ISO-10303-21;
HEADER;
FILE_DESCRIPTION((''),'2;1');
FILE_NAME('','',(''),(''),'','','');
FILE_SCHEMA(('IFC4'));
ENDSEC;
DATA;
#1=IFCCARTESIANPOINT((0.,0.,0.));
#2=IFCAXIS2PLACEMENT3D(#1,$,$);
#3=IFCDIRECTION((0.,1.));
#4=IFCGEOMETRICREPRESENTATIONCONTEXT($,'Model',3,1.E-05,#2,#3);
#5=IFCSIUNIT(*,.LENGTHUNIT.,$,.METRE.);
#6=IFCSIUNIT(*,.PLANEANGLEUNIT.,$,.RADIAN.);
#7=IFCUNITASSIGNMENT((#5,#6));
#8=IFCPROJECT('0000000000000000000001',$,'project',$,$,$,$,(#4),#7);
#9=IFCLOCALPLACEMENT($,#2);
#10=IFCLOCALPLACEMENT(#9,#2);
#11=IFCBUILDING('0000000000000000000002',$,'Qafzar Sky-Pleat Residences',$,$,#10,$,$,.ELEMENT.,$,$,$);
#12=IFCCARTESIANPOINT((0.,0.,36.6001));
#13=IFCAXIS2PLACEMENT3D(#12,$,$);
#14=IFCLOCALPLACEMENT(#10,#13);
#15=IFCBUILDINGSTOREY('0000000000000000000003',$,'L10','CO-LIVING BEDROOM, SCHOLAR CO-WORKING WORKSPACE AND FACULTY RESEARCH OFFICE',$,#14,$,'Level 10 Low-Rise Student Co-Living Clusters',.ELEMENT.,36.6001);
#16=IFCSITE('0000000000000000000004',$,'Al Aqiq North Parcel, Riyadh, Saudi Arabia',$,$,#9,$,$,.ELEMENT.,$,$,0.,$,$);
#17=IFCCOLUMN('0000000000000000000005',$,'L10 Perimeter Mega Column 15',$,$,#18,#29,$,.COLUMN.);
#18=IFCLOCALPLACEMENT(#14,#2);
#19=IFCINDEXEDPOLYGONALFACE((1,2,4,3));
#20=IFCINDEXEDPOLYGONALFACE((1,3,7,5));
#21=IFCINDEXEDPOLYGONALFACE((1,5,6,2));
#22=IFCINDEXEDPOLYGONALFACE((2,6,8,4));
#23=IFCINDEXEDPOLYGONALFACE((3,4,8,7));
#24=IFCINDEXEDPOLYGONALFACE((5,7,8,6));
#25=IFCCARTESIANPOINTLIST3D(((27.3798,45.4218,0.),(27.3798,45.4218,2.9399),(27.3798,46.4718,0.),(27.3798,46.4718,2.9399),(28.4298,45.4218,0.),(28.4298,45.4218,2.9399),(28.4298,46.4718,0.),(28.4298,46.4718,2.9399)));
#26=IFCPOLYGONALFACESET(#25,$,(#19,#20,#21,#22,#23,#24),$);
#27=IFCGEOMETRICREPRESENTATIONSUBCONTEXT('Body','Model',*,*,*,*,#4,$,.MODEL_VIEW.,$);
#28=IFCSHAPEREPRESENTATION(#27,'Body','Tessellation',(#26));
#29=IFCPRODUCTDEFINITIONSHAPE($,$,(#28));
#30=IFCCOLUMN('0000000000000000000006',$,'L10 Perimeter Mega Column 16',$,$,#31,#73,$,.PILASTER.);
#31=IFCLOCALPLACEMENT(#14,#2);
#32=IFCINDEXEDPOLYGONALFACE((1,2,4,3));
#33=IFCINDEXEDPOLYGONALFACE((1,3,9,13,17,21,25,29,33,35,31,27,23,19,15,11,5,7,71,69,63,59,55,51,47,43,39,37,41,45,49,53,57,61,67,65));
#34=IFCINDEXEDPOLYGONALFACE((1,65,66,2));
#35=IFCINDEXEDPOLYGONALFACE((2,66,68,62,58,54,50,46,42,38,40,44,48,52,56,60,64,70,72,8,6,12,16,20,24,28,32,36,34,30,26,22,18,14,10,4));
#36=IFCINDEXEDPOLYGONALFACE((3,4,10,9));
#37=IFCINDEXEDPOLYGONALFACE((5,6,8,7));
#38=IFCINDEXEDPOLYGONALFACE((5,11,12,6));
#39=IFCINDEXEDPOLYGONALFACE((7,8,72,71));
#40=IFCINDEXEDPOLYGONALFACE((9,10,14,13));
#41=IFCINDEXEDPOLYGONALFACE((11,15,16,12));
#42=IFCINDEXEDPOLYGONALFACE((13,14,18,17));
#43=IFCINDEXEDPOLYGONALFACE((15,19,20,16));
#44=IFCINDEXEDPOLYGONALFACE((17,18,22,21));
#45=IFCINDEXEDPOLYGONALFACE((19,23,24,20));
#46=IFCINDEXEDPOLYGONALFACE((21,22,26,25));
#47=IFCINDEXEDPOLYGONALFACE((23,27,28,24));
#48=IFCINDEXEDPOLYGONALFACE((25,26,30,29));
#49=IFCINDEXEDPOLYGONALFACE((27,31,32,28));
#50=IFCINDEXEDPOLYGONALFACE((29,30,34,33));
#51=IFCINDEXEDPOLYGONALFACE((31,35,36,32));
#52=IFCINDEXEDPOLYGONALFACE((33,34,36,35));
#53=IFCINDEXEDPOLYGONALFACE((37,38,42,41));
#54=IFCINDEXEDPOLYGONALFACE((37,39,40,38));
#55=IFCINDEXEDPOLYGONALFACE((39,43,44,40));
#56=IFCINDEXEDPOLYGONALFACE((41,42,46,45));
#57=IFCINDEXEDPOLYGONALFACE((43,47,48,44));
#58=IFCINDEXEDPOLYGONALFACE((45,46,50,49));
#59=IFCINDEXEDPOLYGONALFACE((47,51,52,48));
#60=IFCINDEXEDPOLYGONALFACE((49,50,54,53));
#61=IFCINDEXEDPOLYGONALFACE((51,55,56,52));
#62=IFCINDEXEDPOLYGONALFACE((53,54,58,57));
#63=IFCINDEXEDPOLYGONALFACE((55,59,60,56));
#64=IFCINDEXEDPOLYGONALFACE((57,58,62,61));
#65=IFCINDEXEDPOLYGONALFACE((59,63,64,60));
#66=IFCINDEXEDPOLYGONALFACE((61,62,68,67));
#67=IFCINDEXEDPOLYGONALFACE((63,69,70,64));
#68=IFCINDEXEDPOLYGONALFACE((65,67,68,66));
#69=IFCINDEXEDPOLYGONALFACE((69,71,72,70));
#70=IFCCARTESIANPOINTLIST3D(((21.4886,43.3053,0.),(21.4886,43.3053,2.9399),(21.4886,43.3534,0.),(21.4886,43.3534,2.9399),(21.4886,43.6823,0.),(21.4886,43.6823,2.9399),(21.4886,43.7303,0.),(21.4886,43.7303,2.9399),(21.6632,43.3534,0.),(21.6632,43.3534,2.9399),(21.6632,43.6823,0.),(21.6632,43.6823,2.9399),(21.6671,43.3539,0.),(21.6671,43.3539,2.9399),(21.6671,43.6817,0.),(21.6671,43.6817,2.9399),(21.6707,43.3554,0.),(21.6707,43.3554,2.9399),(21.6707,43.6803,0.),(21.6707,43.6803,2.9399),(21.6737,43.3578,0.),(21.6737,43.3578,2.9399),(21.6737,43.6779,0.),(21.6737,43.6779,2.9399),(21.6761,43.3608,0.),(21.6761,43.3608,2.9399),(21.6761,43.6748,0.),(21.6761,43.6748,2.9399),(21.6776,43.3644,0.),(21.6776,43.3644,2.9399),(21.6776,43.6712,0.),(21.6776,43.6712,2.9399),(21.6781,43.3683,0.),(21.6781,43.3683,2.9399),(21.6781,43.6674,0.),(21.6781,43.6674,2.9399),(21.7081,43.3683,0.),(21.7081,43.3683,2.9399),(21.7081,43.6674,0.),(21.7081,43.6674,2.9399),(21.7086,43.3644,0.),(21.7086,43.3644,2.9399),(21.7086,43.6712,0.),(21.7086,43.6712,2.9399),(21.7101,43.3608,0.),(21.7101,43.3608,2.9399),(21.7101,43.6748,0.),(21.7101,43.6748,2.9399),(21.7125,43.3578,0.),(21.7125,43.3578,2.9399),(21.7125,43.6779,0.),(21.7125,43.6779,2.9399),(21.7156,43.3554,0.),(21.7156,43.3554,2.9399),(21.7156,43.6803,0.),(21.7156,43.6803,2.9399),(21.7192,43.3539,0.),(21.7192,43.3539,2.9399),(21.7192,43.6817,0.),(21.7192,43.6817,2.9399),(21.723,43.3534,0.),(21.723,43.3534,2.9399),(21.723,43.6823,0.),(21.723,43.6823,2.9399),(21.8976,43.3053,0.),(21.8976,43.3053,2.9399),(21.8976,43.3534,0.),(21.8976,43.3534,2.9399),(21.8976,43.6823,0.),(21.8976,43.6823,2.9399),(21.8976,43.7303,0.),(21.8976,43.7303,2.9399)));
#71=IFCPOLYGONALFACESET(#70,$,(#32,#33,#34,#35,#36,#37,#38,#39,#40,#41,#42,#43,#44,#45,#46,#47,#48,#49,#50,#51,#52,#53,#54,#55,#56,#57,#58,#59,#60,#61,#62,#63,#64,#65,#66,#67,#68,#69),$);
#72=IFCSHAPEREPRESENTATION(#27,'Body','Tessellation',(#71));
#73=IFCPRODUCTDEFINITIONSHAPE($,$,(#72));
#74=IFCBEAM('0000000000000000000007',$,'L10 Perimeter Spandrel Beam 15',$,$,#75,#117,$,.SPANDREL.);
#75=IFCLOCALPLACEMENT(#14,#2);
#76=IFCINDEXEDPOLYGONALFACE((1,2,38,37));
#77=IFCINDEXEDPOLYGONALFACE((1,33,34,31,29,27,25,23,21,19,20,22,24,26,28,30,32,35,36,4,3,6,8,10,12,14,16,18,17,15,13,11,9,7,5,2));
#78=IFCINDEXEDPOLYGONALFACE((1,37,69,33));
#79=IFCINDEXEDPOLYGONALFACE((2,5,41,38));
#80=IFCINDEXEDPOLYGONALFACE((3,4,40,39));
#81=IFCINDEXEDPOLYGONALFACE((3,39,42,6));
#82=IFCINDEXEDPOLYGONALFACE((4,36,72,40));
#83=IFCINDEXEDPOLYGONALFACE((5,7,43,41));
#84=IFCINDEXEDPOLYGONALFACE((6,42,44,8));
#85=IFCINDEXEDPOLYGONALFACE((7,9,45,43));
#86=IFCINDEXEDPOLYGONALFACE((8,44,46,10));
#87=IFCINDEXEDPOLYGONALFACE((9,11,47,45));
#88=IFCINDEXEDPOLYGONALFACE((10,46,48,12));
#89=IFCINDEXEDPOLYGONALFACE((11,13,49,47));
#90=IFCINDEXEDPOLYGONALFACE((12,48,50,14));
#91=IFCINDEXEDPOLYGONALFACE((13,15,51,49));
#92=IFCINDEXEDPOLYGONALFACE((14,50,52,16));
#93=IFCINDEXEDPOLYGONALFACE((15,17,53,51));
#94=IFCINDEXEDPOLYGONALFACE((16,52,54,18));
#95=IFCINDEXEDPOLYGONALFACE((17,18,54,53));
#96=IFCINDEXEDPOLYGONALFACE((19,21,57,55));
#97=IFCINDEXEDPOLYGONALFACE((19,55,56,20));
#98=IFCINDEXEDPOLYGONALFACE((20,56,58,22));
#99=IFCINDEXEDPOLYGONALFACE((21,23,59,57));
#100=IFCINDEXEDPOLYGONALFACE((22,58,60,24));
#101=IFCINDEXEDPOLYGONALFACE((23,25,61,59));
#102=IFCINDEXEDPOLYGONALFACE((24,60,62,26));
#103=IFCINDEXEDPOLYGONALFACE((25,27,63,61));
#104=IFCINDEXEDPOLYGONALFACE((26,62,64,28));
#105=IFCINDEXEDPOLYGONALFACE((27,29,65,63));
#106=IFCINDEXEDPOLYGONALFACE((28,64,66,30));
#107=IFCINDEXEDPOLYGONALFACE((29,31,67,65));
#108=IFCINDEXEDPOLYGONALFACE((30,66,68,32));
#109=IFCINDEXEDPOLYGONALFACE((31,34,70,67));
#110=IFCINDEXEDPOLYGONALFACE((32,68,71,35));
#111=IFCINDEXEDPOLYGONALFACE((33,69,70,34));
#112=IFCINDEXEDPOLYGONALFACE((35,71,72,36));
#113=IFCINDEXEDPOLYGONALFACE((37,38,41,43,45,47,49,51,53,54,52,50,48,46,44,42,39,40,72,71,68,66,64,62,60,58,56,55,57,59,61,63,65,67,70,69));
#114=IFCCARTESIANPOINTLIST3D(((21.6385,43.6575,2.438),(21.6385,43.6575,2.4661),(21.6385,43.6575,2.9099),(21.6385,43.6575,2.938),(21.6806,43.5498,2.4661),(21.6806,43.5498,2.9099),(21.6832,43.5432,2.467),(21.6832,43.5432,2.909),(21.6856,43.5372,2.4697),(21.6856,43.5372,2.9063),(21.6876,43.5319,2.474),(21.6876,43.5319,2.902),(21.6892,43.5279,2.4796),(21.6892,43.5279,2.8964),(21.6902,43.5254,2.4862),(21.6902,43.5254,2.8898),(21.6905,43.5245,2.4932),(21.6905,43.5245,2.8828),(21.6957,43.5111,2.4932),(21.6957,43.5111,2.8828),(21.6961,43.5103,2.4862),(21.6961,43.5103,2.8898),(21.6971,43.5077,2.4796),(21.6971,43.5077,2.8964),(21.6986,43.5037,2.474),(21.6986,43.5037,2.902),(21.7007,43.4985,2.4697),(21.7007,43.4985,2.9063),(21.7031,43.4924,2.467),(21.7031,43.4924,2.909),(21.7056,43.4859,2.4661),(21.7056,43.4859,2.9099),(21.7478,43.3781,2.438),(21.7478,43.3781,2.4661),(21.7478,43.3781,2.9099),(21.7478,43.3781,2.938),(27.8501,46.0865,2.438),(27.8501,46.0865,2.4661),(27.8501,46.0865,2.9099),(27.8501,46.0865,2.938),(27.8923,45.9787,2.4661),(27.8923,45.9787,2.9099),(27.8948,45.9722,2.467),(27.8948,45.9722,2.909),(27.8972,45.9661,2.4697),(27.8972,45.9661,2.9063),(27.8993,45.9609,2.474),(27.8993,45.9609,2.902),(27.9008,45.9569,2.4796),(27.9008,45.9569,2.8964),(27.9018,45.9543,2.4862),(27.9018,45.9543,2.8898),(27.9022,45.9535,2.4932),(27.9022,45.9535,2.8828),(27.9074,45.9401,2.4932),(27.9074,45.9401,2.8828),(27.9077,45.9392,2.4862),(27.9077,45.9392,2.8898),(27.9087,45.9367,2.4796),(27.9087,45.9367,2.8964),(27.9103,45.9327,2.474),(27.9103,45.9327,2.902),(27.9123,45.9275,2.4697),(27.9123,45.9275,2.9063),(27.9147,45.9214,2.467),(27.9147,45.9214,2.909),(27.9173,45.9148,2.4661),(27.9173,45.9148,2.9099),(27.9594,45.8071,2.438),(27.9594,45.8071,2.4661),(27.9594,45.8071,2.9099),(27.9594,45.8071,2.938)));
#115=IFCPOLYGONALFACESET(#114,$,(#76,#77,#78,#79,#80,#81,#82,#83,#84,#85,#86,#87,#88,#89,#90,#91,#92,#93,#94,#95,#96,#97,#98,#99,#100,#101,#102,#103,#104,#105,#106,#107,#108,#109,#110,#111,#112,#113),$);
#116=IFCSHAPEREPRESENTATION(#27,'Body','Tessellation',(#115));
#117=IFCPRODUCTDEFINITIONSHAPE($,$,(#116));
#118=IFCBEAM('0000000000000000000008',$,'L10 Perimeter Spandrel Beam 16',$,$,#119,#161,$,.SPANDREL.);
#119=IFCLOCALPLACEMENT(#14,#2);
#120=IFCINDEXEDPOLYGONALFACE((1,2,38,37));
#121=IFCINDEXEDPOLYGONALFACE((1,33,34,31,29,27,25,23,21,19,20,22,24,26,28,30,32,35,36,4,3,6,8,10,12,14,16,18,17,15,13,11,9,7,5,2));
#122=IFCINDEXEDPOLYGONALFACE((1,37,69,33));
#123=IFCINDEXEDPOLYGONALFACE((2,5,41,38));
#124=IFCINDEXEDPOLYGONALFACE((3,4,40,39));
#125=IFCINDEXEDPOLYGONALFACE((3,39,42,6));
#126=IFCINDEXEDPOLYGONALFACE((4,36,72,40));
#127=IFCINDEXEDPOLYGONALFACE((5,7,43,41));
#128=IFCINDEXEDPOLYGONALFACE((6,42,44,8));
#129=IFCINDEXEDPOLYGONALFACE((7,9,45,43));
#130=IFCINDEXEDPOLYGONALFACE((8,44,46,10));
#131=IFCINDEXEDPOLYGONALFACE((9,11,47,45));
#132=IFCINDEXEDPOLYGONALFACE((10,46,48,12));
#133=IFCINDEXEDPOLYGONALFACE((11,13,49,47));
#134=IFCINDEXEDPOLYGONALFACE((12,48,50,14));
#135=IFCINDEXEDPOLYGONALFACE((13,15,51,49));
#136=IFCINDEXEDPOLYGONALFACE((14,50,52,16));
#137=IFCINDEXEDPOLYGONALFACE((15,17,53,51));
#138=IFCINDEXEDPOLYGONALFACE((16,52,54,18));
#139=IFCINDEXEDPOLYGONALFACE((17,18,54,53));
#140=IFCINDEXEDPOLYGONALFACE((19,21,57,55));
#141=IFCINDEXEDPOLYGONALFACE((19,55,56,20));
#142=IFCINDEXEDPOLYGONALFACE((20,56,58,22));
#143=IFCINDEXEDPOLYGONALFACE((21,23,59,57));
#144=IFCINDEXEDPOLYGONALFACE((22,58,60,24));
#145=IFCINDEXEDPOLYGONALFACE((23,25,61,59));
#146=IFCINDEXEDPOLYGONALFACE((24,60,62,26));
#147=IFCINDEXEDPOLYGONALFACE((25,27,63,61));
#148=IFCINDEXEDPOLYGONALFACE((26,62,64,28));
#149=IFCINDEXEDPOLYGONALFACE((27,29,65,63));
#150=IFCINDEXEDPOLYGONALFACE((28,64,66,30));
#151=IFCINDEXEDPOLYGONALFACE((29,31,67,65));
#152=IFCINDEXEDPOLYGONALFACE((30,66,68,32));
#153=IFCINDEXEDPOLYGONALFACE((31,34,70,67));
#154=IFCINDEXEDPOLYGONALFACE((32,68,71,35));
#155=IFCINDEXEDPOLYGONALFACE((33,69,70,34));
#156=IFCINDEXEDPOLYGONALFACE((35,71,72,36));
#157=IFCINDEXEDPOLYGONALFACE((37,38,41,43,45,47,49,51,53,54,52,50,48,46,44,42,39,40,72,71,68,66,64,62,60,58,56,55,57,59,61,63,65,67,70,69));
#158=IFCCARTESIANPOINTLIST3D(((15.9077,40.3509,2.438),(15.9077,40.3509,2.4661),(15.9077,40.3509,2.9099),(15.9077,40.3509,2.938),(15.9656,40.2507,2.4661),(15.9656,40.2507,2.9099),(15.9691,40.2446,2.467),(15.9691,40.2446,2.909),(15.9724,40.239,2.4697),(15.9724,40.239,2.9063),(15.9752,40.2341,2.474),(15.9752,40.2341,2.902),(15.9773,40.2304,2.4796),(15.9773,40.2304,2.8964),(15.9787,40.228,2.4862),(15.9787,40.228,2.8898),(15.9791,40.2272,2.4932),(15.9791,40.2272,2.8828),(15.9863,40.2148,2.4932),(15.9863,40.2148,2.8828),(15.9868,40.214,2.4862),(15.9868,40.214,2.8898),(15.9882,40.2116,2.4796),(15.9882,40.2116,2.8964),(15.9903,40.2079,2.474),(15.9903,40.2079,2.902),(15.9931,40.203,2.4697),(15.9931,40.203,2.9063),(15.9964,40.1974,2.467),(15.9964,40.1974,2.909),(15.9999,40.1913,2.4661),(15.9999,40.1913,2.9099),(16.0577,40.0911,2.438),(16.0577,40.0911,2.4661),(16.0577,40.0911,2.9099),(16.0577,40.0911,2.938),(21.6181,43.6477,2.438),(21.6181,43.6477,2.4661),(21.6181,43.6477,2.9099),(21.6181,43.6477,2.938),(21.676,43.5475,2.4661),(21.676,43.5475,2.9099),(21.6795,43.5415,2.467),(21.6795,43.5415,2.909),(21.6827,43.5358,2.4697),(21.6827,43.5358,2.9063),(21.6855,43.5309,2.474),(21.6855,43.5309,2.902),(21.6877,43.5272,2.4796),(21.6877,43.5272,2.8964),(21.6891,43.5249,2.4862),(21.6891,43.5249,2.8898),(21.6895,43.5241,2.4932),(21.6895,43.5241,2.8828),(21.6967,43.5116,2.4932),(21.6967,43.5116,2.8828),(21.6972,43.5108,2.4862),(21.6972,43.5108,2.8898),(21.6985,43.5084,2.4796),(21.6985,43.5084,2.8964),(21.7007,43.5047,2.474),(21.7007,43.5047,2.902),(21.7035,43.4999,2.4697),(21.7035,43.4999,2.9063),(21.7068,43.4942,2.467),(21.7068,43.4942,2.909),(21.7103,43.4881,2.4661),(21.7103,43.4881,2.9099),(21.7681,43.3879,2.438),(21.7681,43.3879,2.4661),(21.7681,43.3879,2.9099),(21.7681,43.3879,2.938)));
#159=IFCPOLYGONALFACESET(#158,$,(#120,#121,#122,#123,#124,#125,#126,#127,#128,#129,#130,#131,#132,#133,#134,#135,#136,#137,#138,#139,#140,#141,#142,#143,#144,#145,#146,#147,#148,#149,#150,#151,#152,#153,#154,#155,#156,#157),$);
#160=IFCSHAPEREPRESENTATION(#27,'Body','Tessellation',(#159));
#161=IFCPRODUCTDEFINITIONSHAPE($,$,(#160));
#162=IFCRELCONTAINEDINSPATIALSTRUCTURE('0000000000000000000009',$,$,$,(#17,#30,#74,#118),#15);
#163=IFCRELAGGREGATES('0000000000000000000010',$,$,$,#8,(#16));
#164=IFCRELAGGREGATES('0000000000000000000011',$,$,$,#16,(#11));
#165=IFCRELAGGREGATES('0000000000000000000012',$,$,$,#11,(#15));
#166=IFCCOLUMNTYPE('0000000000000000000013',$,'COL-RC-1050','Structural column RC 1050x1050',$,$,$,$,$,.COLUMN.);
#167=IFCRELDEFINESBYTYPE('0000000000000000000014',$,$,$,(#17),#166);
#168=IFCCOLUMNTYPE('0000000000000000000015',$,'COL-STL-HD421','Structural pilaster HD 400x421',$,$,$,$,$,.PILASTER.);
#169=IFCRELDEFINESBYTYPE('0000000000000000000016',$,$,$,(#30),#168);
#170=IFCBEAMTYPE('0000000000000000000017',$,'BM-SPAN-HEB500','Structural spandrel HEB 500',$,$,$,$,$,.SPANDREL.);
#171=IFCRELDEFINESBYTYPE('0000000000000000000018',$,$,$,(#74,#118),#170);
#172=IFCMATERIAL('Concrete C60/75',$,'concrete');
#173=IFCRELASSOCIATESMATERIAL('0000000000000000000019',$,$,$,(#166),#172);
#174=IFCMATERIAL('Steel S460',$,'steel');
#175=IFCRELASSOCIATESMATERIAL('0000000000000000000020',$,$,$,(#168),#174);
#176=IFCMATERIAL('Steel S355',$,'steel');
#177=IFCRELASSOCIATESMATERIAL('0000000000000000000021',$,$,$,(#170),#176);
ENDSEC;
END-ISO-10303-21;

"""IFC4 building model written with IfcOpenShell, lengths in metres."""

from ifc_helpers import new_model, si_unit, direction, frame, origin, origin_2d, place, context, subcontext, project, spatial, rectangle, i_section, extrude, source, transform, mapped, material, material_profile, profile_set, type_object, element, save


model = new_model("IFC4")

# Units and contexts
model_context = context("Model", 3, precision=1e-05, world=origin(), true_north=direction((0.0, 1.0)))
body_context = subcontext(model_context, "Body", "Model", "MODEL_VIEW")
ifc_project = project(units=[si_unit("LENGTHUNIT", "METRE"), si_unit("PLANEANGLEUNIT", "RADIAN")], contexts=[model_context])

# Site, building, storey
site_placement = place(None, origin())
site = spatial("IfcSite", under=ifc_project, at=site_placement, Name="Al Aqiq North Parcel, Riyadh, Saudi Arabia", CompositionType="ELEMENT", RefElevation=0.0)
building_placement = place(site_placement, origin())
building = spatial("IfcBuilding", under=site, at=building_placement, Name="Qafzar Sky-Pleat Residences", CompositionType="ELEMENT")
storey_placement = place(building_placement, frame((0.0, 0.0, 36.6001)))
storey = spatial("IfcBuildingStorey", under=building, at=storey_placement, Name="L10", Description="CO-LIVING BEDROOM, SCHOLAR CO-WORKING WORKSPACE AND FACULTY RESEARCH OFFICE", LongName="Level 10 Low-Rise Student Co-Living Clusters", CompositionType="ELEMENT", Elevation=36.6001)

# Columns
ifc_material_1 = material(Name="Concrete C60/75", Category="concrete")
ifc_material_profile_1 = material_profile(ifc_material_1, rectangle(XDim=1.05, YDim=1.05, at=origin_2d()), Name="RC 1050x1050")
ifc_profile_set_1 = profile_set([ifc_material_profile_1], Name="Concrete C60/75")
column_type_1 = type_object("IfcColumnType", Name="COL-RC-1050", Description="Structural column RC 1050x1050", PredefinedType="COLUMN", material=ifc_profile_set_1)
shared_shape_1 = source(origin(), body_context, "Body", "SweptSolid", [
    extrude(rectangle(XDim=1.05, YDim=1.05, at=origin_2d()), origin(), (0.0, 0.0, 1.0), 2.9399),
])
column_1_placement = place(storey_placement, frame((27.9048, 45.9468, 0.0), z_axis=(0.0, 0.0, 1.0), x_axis=(1.0, 0.0, 0.0)))
element("IfcColumn", 1, at=column_1_placement, inside=storey, type_object=column_type_1, Name="L10 Perimeter Mega Column 15", PredefinedType="COLUMN", context=body_context, shape_type="MappedRepresentation", body=[
    mapped(shared_shape_1, transform((0.0, 0.0, 0.0), x_axis=(1.0, 0.0, 0.0), y_axis=(0.0, 1.0, 0.0), z_axis=(0.0, 0.0, 1.0), scale=1.0)),
])
ifc_material_2 = material(Name="Steel S460", Category="steel")
ifc_material_profile_2 = material_profile(ifc_material_2, i_section(OverallWidth=0.4089, OverallDepth=0.425, WebThickness=0.03, FlangeThickness=0.0481, FilletRadius=0.0149, at=origin_2d()), Name="HD 400x421")
ifc_profile_set_2 = profile_set([ifc_material_profile_2], Name="Steel S460")
column_type_2 = type_object("IfcColumnType", Name="COL-STL-HD421", Description="Structural pilaster HD 400x421", PredefinedType="PILASTER", material=ifc_profile_set_2)
shared_shape_2 = source(origin(), body_context, "Body", "SweptSolid", [
    extrude(i_section(OverallWidth=0.4089, OverallDepth=0.425, WebThickness=0.03, FlangeThickness=0.0481, FilletRadius=0.0149, at=origin_2d()), origin(), (0.0, 0.0, 1.0), 2.9399),
])
column_2_placement = place(storey_placement, frame((21.6931, 43.5178, 0.0), z_axis=(0.0, 0.0, 1.0), x_axis=(1.0, 0.0, 0.0)))
element("IfcColumn", 2, at=column_2_placement, inside=storey, type_object=column_type_2, Name="L10 Perimeter Mega Column 16", PredefinedType="PILASTER", context=body_context, shape_type="MappedRepresentation", body=[
    mapped(shared_shape_2, transform((0.0, 0.0, 0.0), x_axis=(1.0, 0.0, 0.0), y_axis=(0.0, 1.0, 0.0), z_axis=(0.0, 0.0, 1.0), scale=1.0)),
])

# Beams
ifc_material_3 = material(Name="Steel S355", Category="steel")
ifc_material_profile_3 = material_profile(ifc_material_3, i_section(OverallWidth=0.3, OverallDepth=0.5, WebThickness=0.0144, FlangeThickness=0.0281, FilletRadius=0.0271, at=origin_2d()), Name="HEB 500")
ifc_profile_set_3 = profile_set([ifc_material_profile_3], Name="Steel S355")
beam_type_1 = type_object("IfcBeamType", Name="BM-SPAN-HEB500", Description="Structural spandrel HEB 500", PredefinedType="SPANDREL", material=ifc_profile_set_3)
shared_shape_3 = source(origin(), body_context, "Body", "SweptSolid", [
    extrude(i_section(OverallWidth=0.3, OverallDepth=0.5, WebThickness=0.0144, FlangeThickness=0.0281, FilletRadius=0.0271, at=origin_2d()), origin(), (0.0, 0.0, 1.0), 6.6697),
])
beam_1_placement = place(storey_placement, frame((27.9048, 45.9468, 2.688), z_axis=(-0.931329, -0.364179, 0.0), x_axis=(0.364179, -0.931329, 0.0)))
element("IfcBeam", 3, at=beam_1_placement, inside=storey, type_object=beam_type_1, Name="L10 Perimeter Spandrel Beam 15", PredefinedType="SPANDREL", context=body_context, shape_type="MappedRepresentation", body=[
    mapped(shared_shape_3, transform((0.0, 0.0, 0.0), x_axis=(1.0, 0.0, 0.0), y_axis=(0.0, 1.0, 0.0), z_axis=(0.0, 0.0, 1.0), scale=1.0)),
])
shared_shape_4 = source(origin(), body_context, "Body", "SweptSolid", [
    extrude(i_section(OverallWidth=0.3, OverallDepth=0.5, WebThickness=0.0144, FlangeThickness=0.0281, FilletRadius=0.0271, at=origin_2d()), origin(), (0.0, 0.0, 1.0), 6.5938),
])
beam_2_placement = place(storey_placement, frame((21.6931, 43.5178, 2.688), z_axis=(-0.866029, -0.499994, 0.0), x_axis=(0.499994, -0.866029, 0.0)))
element("IfcBeam", 4, at=beam_2_placement, inside=storey, type_object=beam_type_1, Name="L10 Perimeter Spandrel Beam 16", PredefinedType="SPANDREL", context=body_context, shape_type="MappedRepresentation", body=[
    mapped(shared_shape_4, transform((0.0, 0.0, 0.0), x_axis=(1.0, 0.0, 0.0), y_axis=(0.0, 1.0, 0.0), z_axis=(0.0, 0.0, 1.0), scale=1.0)),
])

save(model, "model.ifc")
